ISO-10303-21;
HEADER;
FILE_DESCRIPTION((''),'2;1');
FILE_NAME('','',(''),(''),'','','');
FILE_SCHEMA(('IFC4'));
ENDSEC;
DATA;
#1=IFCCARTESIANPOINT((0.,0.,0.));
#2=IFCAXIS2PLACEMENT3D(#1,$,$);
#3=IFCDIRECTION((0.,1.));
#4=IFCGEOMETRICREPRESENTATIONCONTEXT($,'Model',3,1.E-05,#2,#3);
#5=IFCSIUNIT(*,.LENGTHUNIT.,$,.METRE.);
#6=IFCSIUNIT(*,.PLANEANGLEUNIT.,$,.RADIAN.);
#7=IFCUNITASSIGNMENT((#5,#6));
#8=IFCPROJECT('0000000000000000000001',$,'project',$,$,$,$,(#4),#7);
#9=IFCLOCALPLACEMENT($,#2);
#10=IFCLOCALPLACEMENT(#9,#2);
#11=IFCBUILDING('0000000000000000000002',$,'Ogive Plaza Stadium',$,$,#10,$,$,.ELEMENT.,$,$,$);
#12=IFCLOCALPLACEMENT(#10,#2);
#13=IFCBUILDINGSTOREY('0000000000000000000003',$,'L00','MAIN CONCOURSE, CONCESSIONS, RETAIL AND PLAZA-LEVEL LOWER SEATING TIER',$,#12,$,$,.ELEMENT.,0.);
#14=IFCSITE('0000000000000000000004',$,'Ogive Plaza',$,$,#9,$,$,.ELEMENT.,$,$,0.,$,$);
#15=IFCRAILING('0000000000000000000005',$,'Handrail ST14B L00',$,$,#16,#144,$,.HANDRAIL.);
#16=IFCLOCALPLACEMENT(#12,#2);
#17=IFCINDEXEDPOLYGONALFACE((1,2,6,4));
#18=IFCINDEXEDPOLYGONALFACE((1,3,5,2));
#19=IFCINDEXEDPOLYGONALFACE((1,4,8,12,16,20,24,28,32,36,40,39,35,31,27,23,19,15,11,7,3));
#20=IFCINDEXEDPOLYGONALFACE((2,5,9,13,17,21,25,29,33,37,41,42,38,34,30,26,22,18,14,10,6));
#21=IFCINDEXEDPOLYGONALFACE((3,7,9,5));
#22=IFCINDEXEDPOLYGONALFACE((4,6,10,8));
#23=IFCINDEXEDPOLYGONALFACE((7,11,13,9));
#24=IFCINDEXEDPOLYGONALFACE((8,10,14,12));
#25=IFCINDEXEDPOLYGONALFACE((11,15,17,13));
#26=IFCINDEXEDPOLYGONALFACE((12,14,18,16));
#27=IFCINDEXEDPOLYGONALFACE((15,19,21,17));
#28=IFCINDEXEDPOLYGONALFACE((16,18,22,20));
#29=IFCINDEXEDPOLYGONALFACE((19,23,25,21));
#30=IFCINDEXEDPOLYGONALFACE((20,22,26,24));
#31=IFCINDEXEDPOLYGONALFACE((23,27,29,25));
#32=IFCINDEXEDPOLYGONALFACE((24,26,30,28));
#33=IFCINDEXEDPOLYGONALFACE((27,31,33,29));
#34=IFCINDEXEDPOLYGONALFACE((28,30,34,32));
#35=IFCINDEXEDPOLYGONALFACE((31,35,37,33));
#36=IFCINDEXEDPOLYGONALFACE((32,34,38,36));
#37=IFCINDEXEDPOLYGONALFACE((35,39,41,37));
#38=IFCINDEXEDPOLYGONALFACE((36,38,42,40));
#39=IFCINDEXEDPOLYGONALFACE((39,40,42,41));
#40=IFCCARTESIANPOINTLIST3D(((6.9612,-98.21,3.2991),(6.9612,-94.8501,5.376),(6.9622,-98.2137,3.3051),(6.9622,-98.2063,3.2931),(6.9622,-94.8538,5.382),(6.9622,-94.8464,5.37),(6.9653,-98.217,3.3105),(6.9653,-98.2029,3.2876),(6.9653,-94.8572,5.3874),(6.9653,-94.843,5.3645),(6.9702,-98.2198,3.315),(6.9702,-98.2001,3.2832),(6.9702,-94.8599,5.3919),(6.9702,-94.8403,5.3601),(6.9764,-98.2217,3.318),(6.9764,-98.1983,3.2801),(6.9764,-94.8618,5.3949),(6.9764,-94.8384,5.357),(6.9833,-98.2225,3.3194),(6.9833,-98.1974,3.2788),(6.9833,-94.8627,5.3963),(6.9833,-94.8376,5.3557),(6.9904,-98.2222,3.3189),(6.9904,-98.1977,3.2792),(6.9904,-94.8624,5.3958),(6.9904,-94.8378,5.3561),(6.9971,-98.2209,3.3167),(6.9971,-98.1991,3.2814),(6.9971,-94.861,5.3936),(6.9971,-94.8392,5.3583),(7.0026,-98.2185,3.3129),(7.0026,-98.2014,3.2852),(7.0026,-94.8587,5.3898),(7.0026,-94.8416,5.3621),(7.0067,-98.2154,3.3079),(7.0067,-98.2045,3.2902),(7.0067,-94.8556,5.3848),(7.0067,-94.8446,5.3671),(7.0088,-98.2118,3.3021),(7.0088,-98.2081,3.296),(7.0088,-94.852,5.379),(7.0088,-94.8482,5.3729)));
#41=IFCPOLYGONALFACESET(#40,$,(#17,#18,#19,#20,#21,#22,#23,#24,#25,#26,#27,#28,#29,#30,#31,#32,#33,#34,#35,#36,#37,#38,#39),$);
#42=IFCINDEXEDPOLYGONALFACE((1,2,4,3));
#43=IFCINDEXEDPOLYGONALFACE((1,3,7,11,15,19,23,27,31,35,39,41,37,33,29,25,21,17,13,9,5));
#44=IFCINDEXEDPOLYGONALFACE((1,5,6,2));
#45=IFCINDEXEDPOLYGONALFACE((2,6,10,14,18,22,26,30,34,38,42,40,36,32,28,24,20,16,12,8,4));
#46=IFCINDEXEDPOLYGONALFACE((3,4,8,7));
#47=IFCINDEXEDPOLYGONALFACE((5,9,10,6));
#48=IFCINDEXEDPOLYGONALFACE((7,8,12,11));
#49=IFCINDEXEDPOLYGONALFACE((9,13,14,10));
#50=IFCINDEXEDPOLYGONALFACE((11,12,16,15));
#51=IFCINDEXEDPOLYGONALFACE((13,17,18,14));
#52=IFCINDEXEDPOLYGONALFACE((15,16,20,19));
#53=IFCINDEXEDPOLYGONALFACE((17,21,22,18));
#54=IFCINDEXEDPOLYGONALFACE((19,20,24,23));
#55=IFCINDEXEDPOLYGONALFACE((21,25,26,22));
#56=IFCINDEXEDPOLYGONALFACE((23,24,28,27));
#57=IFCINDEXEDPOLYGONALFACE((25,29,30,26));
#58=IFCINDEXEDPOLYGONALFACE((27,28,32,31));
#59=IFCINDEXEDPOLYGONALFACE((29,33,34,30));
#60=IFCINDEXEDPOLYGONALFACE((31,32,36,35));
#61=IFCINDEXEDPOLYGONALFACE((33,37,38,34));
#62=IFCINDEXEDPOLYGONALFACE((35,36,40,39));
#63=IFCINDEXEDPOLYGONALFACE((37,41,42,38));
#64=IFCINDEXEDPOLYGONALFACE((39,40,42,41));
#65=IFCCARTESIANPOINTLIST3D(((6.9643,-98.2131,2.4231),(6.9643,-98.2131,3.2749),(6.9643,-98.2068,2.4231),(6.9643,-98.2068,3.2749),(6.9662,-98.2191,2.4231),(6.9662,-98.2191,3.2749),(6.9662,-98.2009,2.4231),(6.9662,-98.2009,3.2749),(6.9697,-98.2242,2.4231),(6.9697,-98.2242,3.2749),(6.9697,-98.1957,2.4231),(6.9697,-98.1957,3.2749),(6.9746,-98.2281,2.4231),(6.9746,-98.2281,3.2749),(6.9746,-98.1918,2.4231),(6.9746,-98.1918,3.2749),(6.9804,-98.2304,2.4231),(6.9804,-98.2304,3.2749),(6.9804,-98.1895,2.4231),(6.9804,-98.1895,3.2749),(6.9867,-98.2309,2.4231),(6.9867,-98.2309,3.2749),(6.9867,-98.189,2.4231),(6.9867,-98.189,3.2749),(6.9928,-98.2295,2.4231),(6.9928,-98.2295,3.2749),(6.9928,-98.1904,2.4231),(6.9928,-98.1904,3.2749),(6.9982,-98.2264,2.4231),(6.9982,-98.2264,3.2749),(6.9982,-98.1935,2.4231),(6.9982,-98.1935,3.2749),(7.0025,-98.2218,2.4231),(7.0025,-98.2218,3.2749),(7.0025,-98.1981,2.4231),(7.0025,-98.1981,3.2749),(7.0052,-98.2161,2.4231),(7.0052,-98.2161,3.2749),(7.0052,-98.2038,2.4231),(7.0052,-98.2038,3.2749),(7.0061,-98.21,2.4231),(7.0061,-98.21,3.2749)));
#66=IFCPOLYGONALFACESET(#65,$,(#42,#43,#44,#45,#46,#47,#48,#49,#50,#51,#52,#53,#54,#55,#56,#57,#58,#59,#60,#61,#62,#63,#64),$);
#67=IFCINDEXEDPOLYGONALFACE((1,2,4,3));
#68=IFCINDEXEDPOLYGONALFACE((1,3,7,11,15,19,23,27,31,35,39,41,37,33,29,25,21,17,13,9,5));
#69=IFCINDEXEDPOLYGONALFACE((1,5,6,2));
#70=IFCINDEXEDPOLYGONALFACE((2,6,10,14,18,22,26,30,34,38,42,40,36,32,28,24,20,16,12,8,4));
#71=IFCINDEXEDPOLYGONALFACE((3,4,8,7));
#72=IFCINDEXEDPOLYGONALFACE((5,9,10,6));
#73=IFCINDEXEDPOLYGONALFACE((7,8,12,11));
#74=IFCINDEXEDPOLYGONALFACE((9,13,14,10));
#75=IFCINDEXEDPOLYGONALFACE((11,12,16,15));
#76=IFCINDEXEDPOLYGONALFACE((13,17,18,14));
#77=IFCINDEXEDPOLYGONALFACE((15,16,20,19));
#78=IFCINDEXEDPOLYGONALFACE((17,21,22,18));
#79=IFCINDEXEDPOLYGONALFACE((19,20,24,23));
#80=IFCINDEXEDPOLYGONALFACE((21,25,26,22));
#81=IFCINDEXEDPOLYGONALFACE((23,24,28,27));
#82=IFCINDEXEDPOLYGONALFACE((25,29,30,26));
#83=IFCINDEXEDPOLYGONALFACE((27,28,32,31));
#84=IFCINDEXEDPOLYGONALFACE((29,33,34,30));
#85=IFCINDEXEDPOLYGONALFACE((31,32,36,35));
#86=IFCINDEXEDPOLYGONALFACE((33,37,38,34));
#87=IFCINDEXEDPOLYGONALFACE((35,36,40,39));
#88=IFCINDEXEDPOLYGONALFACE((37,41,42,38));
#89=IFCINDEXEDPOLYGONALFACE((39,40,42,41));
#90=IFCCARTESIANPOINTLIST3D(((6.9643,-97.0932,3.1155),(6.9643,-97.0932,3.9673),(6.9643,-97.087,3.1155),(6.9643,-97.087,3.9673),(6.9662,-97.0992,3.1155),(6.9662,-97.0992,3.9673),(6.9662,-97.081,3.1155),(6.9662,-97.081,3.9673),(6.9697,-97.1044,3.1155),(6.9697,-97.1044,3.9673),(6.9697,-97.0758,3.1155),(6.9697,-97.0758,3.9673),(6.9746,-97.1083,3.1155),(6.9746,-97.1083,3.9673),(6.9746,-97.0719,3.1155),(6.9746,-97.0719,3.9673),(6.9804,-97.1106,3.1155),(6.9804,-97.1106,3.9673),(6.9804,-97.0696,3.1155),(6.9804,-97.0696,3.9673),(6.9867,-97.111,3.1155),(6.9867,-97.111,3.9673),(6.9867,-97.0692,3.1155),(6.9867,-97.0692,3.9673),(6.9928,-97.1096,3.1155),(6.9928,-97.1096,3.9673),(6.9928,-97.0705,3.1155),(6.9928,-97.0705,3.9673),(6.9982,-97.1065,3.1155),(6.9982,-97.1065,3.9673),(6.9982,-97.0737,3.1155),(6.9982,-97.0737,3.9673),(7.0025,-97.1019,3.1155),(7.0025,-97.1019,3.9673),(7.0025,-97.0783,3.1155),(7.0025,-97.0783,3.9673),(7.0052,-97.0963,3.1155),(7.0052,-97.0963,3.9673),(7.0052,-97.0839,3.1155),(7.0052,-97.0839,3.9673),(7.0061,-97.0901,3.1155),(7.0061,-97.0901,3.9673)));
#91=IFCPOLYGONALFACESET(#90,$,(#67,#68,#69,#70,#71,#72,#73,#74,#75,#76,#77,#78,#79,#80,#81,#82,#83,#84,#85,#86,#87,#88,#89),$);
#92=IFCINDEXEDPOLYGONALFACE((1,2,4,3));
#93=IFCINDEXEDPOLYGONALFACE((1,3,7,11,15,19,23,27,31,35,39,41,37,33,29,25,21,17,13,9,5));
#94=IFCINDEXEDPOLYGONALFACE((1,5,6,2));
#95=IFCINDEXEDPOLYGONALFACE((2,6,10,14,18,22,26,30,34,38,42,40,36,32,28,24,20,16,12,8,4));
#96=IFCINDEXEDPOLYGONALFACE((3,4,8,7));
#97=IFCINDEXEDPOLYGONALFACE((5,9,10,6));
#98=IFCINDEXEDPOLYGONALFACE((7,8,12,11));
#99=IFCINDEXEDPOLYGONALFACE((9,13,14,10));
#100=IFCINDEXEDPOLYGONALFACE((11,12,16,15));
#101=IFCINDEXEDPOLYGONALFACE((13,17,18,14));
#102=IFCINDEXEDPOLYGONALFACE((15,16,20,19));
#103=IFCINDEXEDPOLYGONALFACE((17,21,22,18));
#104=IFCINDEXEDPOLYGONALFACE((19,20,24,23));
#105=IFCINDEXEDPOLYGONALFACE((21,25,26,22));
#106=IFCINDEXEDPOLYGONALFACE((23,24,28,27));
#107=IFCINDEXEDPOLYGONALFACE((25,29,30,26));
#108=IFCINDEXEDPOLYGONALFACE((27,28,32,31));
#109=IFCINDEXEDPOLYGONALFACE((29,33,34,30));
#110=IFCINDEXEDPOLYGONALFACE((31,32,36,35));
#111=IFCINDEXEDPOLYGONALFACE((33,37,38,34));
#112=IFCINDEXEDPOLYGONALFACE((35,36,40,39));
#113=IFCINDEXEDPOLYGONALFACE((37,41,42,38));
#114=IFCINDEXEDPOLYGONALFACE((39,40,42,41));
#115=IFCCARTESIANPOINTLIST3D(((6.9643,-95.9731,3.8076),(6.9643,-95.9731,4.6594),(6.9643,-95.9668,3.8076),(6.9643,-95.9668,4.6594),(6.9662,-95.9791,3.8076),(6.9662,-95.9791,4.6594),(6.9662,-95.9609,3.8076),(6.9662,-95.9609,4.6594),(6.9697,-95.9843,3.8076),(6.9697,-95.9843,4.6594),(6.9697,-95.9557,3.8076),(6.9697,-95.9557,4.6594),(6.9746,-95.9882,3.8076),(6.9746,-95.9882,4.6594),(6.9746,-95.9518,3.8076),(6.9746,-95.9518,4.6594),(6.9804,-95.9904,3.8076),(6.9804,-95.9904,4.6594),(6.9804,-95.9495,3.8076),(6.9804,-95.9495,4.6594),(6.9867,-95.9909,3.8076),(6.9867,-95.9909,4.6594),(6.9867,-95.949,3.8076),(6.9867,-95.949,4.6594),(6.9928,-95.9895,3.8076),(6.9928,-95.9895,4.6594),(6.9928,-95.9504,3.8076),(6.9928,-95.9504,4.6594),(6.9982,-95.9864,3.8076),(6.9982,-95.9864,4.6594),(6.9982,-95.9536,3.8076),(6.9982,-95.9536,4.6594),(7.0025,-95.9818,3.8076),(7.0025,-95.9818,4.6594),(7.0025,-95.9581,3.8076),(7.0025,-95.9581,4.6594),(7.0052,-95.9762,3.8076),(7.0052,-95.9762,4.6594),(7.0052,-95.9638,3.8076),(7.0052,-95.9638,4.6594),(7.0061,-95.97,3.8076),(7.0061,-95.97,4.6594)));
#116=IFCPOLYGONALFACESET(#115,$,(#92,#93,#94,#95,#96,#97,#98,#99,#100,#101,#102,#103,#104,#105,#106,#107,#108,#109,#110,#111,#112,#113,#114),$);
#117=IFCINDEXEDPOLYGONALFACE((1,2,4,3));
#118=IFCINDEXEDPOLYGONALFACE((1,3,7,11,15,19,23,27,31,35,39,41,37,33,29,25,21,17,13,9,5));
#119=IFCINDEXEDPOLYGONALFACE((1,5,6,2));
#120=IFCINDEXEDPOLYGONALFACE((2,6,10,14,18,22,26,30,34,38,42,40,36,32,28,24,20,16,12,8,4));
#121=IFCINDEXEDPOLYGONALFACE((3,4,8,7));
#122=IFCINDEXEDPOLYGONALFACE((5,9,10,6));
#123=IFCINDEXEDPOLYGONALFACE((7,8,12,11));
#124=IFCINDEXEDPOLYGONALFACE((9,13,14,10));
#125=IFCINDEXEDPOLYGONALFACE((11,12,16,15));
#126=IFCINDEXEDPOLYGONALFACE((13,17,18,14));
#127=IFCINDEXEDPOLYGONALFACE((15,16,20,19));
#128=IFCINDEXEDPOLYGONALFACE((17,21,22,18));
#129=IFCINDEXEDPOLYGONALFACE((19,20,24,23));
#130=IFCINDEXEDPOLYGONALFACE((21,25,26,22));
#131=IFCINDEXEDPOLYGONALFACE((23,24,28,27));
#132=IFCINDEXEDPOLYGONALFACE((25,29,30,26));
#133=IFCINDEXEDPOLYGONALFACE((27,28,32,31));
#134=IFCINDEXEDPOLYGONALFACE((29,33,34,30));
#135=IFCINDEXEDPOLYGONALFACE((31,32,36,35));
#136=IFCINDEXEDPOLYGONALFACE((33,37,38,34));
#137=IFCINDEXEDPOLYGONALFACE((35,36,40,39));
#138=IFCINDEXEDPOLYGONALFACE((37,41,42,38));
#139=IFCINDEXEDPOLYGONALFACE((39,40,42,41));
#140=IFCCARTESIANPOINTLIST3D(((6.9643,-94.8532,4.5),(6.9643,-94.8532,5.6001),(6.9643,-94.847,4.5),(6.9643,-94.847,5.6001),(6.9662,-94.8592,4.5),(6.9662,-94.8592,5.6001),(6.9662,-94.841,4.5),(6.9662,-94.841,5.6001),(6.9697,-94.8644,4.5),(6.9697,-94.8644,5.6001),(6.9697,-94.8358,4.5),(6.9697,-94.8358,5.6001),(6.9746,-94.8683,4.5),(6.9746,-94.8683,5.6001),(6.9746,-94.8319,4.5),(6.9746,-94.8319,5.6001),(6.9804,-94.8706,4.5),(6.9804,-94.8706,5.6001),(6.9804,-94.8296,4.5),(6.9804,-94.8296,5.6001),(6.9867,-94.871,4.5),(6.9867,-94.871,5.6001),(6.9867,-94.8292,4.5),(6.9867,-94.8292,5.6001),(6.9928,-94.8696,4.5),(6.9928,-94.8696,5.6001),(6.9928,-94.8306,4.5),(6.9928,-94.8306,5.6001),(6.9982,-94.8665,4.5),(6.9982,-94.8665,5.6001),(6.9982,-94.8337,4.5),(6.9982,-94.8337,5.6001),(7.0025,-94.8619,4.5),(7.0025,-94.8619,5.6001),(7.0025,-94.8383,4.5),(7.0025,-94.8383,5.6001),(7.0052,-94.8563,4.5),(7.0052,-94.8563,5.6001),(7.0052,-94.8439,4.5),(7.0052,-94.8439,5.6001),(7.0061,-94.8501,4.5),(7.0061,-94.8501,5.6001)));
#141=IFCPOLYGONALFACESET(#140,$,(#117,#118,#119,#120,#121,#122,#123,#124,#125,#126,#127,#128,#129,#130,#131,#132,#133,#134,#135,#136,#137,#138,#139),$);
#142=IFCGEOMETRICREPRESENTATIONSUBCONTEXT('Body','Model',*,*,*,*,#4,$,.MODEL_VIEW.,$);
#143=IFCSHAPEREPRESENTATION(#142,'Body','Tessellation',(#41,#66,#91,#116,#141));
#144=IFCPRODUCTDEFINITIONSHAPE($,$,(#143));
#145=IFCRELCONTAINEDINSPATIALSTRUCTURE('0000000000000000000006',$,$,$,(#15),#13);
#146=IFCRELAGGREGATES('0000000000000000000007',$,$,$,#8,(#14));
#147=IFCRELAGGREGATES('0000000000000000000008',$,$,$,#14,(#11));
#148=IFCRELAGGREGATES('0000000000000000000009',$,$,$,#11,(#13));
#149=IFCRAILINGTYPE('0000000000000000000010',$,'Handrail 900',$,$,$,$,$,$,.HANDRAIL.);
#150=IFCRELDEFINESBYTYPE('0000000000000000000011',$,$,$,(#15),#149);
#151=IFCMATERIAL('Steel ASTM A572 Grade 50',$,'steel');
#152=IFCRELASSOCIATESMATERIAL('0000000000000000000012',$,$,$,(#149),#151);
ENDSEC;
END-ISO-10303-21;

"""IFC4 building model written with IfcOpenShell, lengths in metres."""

from ifc_helpers import new_model, si_unit, direction, frame, origin, origin_2d, place, context, subcontext, project, spatial, circle, extrude, material, type_object, element, save


model = new_model("IFC4")

# Units and contexts
model_context = context("Model", 3, precision=1e-05, world=origin(), true_north=direction((0.0, 1.0)))
body_context = subcontext(model_context, "Body", "Model", "MODEL_VIEW")
ifc_project = project(units=[si_unit("LENGTHUNIT", "METRE"), si_unit("PLANEANGLEUNIT", "RADIAN")], contexts=[model_context])

# Site, building, storey
site_placement = place(None, origin())
site = spatial("IfcSite", under=ifc_project, at=site_placement, Name="Ogive Plaza", CompositionType="ELEMENT", RefElevation=0.0)
building_placement = place(site_placement, origin())
building = spatial("IfcBuilding", under=site, at=building_placement, Name="Ogive Plaza Stadium", CompositionType="ELEMENT")
storey_placement = place(building_placement, origin())
storey = spatial("IfcBuildingStorey", under=building, at=storey_placement, Name="L00", Description="MAIN CONCOURSE, CONCESSIONS, RETAIL AND PLAZA-LEVEL LOWER SEATING TIER", CompositionType="ELEMENT", Elevation=0.0)

# Railing
ifc_material_1 = material(Name="Steel ASTM A572 Grade 50", Category="steel")
railing_type = type_object("IfcRailingType", Name="Handrail 900", PredefinedType="HANDRAIL", material=ifc_material_1)
for number, where, name in (
    (1, (6.9851, -98.21, 2.4231), "Handrail ST14B L00"),
):
    element("IfcRailing", number, at=place(storey_placement, frame(where)), inside=storey, type_object=railing_type, Name=name, PredefinedType="HANDRAIL", context=body_context, shape_type="SweptSolid", body=[
        extrude(circle(Radius=0.0239, at=origin_2d()), frame((0.0, 0.0, 0.876), z_axis=(0.0, 0.850606, 0.525803), x_axis=(-1.0, 0.0, 0.0)), (0.0, 0.0, 1.0), 3.95),
        extrude(circle(Radius=0.021, at=origin_2d()), origin(), (0.0, 0.0, 1.0), 0.8518),
        extrude(circle(Radius=0.021, at=origin_2d()), frame((0.0, 1.1199, 0.6924)), (0.0, 0.0, 1.0), 0.8518),
        extrude(circle(Radius=0.021, at=origin_2d()), frame((0.0, 2.24, 1.3845)), (0.0, 0.0, 1.0), 0.8518),
        extrude(circle(Radius=0.021, at=origin_2d()), frame((0.0, 3.3599, 2.0769)), (0.0, 0.0, 1.0), 1.1001),
    ])

save(model, "model.ifc")
